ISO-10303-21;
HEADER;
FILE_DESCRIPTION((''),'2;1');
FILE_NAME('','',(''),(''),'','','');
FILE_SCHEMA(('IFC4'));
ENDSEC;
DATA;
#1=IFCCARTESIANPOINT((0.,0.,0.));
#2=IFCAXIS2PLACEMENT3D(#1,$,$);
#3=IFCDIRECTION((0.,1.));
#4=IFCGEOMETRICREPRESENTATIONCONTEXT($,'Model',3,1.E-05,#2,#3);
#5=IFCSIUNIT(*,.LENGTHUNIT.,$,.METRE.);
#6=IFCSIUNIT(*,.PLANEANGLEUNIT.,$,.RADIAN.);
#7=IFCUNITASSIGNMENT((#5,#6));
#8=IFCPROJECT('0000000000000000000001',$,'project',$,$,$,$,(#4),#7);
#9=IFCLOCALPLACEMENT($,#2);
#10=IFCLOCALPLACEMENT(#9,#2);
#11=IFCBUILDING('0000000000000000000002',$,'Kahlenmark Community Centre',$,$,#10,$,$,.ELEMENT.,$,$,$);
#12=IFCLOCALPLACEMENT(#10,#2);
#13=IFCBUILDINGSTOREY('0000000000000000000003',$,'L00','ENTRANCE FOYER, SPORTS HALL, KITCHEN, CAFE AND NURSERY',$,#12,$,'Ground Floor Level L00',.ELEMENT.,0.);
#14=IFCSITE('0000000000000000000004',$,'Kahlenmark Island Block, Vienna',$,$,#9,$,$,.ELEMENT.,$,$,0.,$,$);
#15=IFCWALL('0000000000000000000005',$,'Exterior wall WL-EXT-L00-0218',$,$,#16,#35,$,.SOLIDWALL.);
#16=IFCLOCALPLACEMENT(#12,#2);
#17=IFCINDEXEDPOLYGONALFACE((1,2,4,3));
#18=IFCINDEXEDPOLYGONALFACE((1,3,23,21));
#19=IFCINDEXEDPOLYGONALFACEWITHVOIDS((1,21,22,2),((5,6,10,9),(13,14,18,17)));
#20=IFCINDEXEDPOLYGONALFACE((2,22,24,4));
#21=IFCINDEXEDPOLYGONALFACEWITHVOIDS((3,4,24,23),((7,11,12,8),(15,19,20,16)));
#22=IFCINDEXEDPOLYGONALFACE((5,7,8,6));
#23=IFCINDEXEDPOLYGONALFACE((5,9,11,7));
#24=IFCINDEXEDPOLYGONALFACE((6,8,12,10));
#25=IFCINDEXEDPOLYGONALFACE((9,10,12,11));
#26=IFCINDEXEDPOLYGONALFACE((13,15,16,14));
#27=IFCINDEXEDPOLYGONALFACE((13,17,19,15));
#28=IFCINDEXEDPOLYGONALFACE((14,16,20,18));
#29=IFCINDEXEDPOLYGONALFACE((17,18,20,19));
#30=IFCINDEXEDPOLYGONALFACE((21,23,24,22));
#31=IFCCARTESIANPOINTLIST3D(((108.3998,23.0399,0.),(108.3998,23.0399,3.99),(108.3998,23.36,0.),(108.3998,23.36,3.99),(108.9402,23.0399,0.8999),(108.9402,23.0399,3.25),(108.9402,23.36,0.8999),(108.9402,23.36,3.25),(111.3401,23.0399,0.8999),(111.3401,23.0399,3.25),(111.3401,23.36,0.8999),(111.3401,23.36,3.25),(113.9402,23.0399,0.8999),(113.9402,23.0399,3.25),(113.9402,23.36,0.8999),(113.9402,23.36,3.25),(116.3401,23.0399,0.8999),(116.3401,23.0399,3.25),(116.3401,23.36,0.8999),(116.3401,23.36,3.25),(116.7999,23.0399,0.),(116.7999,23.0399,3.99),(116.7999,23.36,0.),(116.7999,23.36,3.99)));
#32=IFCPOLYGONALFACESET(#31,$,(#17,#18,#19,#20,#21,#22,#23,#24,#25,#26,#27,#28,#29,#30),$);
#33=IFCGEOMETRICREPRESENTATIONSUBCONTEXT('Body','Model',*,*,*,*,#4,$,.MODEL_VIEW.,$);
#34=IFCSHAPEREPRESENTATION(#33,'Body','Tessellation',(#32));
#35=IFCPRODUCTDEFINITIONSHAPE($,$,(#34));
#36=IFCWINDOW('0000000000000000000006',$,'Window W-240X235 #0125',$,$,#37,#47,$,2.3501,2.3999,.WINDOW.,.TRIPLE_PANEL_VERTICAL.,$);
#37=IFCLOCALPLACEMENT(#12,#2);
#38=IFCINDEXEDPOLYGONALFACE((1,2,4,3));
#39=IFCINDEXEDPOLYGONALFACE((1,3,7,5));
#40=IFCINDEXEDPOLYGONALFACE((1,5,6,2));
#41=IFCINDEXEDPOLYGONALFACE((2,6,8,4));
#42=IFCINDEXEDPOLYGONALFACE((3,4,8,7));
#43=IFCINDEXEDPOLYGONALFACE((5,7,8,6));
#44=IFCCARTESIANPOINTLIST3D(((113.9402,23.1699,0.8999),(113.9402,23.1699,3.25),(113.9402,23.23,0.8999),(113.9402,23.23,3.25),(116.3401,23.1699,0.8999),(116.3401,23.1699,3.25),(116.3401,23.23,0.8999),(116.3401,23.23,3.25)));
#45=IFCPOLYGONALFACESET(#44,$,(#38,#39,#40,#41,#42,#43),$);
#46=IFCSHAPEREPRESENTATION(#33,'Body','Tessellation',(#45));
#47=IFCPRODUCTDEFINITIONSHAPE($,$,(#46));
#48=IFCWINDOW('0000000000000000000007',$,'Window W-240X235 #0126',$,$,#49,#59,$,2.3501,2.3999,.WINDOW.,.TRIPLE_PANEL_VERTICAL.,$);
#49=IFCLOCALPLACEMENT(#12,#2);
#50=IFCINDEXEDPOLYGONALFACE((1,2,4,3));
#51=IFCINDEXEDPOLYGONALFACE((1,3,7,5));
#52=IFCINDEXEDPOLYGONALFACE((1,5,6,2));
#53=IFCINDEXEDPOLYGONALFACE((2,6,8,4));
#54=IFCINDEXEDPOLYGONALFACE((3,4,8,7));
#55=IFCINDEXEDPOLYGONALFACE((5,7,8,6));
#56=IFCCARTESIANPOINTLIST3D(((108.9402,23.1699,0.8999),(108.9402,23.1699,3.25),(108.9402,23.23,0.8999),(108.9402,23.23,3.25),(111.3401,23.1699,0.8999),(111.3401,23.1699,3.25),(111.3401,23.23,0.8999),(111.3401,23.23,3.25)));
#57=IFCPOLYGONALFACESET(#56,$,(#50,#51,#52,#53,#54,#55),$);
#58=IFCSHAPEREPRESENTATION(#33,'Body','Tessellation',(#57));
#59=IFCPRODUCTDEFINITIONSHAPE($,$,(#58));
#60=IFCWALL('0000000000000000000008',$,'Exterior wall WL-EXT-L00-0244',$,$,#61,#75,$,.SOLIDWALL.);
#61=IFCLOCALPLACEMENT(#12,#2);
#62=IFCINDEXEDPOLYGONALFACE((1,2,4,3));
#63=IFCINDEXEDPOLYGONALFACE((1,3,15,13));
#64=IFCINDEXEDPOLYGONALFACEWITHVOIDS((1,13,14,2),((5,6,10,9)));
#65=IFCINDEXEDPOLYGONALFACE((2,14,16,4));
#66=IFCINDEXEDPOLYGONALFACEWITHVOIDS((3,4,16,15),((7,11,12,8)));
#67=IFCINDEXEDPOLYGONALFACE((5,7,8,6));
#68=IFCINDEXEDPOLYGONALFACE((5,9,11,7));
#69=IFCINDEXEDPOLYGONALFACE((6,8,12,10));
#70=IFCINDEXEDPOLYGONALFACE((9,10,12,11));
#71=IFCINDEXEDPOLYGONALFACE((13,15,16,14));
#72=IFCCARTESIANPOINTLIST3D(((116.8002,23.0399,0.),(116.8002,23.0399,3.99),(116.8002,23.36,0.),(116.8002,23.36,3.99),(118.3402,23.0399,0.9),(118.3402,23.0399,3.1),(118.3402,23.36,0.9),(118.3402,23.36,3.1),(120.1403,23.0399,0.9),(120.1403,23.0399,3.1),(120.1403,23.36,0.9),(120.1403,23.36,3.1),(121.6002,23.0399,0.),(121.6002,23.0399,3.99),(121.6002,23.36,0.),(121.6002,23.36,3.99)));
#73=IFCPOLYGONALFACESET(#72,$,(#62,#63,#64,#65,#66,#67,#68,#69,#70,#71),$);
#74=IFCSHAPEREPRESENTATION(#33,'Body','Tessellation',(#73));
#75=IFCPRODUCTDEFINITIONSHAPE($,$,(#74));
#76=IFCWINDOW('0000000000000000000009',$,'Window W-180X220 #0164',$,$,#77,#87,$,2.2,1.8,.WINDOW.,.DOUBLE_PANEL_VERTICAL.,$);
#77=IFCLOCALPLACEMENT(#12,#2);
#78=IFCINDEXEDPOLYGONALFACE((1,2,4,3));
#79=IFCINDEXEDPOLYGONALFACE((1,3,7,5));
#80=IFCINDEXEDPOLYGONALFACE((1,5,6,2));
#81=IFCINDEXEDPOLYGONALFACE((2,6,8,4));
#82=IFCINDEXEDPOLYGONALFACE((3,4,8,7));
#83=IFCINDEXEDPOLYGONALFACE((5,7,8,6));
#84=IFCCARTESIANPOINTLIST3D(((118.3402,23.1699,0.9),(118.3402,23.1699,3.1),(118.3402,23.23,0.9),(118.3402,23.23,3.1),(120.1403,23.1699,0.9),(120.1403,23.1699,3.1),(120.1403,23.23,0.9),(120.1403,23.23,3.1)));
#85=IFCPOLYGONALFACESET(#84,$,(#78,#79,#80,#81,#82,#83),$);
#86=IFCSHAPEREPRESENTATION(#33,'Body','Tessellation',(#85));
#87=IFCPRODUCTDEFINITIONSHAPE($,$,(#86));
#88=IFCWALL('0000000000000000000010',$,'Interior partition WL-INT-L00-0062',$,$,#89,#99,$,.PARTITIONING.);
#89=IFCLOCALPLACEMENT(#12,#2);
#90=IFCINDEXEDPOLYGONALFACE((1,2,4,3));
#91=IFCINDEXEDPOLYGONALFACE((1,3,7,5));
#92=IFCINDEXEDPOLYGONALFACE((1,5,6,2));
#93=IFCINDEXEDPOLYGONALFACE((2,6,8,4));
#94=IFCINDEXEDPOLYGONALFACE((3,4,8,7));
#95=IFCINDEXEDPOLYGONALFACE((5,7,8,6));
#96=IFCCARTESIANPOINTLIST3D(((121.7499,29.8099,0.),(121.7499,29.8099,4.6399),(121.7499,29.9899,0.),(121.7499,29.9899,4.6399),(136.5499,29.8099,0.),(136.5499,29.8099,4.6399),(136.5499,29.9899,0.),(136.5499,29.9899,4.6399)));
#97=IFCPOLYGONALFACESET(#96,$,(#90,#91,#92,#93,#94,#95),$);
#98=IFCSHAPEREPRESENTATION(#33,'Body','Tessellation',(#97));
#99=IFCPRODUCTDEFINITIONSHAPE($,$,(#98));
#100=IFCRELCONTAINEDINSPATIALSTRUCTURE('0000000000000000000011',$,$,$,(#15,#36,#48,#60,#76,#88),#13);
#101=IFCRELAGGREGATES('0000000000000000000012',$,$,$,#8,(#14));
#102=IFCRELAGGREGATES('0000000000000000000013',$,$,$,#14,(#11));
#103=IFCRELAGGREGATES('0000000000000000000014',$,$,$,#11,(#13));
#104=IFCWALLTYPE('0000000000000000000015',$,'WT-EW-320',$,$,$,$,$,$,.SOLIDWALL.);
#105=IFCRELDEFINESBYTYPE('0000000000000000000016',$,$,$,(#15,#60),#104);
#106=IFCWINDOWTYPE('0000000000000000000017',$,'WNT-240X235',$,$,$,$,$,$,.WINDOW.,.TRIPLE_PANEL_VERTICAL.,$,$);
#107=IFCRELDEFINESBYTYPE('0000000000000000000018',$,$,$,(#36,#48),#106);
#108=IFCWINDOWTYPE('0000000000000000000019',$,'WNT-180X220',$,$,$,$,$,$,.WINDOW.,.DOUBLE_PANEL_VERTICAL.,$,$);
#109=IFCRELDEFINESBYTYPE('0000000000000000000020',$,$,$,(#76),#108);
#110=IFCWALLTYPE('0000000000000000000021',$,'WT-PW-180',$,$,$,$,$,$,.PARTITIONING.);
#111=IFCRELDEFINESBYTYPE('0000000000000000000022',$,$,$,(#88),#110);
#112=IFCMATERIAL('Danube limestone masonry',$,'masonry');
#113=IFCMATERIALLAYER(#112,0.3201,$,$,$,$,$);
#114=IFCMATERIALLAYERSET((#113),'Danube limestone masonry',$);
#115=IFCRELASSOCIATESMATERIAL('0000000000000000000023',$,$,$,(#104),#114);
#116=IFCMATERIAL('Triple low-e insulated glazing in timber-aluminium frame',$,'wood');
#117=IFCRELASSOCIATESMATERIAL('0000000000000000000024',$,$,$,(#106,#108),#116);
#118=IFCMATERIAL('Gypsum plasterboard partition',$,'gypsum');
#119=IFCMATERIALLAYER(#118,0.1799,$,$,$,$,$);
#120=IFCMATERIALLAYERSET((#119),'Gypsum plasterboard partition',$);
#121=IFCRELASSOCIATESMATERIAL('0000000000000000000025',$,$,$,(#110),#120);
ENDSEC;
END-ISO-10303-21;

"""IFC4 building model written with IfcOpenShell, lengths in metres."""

from ifc_helpers import new_model, si_unit, direction, frame, frame_2d, origin, place, context, subcontext, project, spatial, rectangle, extrude, material, layer, layer_set, type_object, element, fill, save


model = new_model("IFC4")

# Units and contexts
model_context = context("Model", 3, precision=1e-05, world=origin(), true_north=direction((0.0, 1.0)))
body_context = subcontext(model_context, "Body", "Model", "MODEL_VIEW")
ifc_project = project(units=[si_unit("LENGTHUNIT", "METRE"), si_unit("PLANEANGLEUNIT", "RADIAN")], contexts=[model_context])

# Site, building, storey
site_placement = place(None, origin())
site = spatial("IfcSite", under=ifc_project, at=site_placement, Name="Kahlenmark Island Block, Vienna", CompositionType="ELEMENT", RefElevation=0.0)
building_placement = place(site_placement, origin())
building = spatial("IfcBuilding", under=site, at=building_placement, Name="Kahlenmark Community Centre", CompositionType="ELEMENT")
storey_placement = place(building_placement, origin())
storey = spatial("IfcBuildingStorey", under=building, at=storey_placement, Name="L00", Description="ENTRANCE FOYER, SPORTS HALL, KITCHEN, CAFE AND NURSERY", LongName="Ground Floor Level L00", CompositionType="ELEMENT", Elevation=0.0)

# Wall, openings, windows
ifc_material_1 = material(Name="Danube limestone masonry", Category="masonry")
ifc_layer_1 = layer(ifc_material_1, 0.3201)
ifc_layer_set_1 = layer_set([ifc_layer_1], Name="Danube limestone masonry")
wall_type_1 = type_object("IfcWallType", Name="WT-EW-320", PredefinedType="SOLIDWALL", material=ifc_layer_set_1)
wall_1_placement = place(storey_placement, frame((116.8, 23.2, 0.0), z_axis=(0.0, 0.0, 1.0), x_axis=(-1.0, 0.0, 0.0)))
wall_1 = element("IfcWall", 1, at=wall_1_placement, inside=storey, type_object=wall_type_1, Name="Exterior wall WL-EXT-L00-0218", PredefinedType="SOLIDWALL", context=body_context, shape_type="SweptSolid", body=[
    extrude(rectangle(XDim=8.4001, YDim=0.3201, at=frame_2d((4.2002, 0.0))), origin(), (0.0, 0.0, 1.0), 3.99),
])
opening_1_placement = place(wall_1_placement, frame((0.46, 0.0, 0.8999)))
opening_1 = element("IfcOpeningElement", 2, at=opening_1_placement, cuts=wall_1, PredefinedType="OPENING", context=body_context, shape_type="SweptSolid", body=[
    extrude(rectangle(XDim=2.3999, YDim=2.3501, at=frame_2d((1.2, 1.175))), frame((0.0, 0.1699, 0.0), z_axis=(0.0, -1.0, 0.0), x_axis=(1.0, 0.0, 0.0)), (0.0, 0.0, 1.0), 0.3401),
])
opening_2_placement = place(wall_1_placement, frame((5.46, 0.0, 0.8999)))
opening_2 = element("IfcOpeningElement", 3, at=opening_2_placement, cuts=wall_1, PredefinedType="OPENING", context=body_context, shape_type="SweptSolid", body=[
    extrude(rectangle(XDim=2.3999, YDim=2.3501, at=frame_2d((1.2, 1.175))), frame((0.0, 0.1699, 0.0), z_axis=(0.0, -1.0, 0.0), x_axis=(1.0, 0.0, 0.0)), (0.0, 0.0, 1.0), 0.3401),
])
ifc_material_2 = material(Name="Triple low-e insulated glazing in timber-aluminium frame", Category="wood")
window_type_1 = type_object("IfcWindowType", Name="WNT-240X235", PartitioningType="TRIPLE_PANEL_VERTICAL", PredefinedType="WINDOW", material=ifc_material_2)
window_1_placement = place(opening_1_placement, origin())
window_1 = element("IfcWindow", 4, at=window_1_placement, inside=storey, type_object=window_type_1, Name="Window W-240X235 #0125", OverallHeight=2.3501, OverallWidth=2.3999, PartitioningType="TRIPLE_PANEL_VERTICAL", PredefinedType="WINDOW", context=body_context, shape_type="SweptSolid", body=[
    extrude(rectangle(XDim=2.3999, YDim=2.3501, at=frame_2d((1.2, 1.175))), frame((0.0, 0.03, 0.0), z_axis=(0.0, -1.0, 0.0), x_axis=(1.0, 0.0, 0.0)), (0.0, 0.0, 1.0), 0.0601),
])
fill(opening_1, window_1)
window_2_placement = place(opening_2_placement, origin())
window_2 = element("IfcWindow", 5, at=window_2_placement, inside=storey, type_object=window_type_1, Name="Window W-240X235 #0126", OverallHeight=2.3501, OverallWidth=2.3999, PartitioningType="TRIPLE_PANEL_VERTICAL", PredefinedType="WINDOW", context=body_context, shape_type="SweptSolid", body=[
    extrude(rectangle(XDim=2.3999, YDim=2.3501, at=frame_2d((1.2, 1.175))), frame((0.0, 0.03, 0.0), z_axis=(0.0, -1.0, 0.0), x_axis=(1.0, 0.0, 0.0)), (0.0, 0.0, 1.0), 0.0601),
])
fill(opening_2, window_2)

# Wall, opening, window
wall_2_placement = place(storey_placement, frame((121.6001, 23.2, 0.0), z_axis=(0.0, 0.0, 1.0), x_axis=(-1.0, 0.0, 0.0)))
wall_2 = element("IfcWall", 6, at=wall_2_placement, inside=storey, type_object=wall_type_1, Name="Exterior wall WL-EXT-L00-0244", PredefinedType="SOLIDWALL", context=body_context, shape_type="SweptSolid", body=[
    extrude(rectangle(XDim=4.8, YDim=0.3201, at=frame_2d((2.3999, 0.0))), origin(), (0.0, 0.0, 1.0), 3.99),
])
opening_3_placement = place(wall_2_placement, frame((1.46, 0.0, 0.8999)))
opening_3 = element("IfcOpeningElement", 7, at=opening_3_placement, cuts=wall_2, PredefinedType="OPENING", context=body_context, shape_type="SweptSolid", body=[
    extrude(rectangle(XDim=1.8, YDim=2.2, at=frame_2d((0.8999, 1.1001))), frame((0.0, 0.1699, 0.0), z_axis=(0.0, -1.0, 0.0), x_axis=(1.0, 0.0, 0.0)), (0.0, 0.0, 1.0), 0.3401),
])
window_type_2 = type_object("IfcWindowType", Name="WNT-180X220", PartitioningType="DOUBLE_PANEL_VERTICAL", PredefinedType="WINDOW", material=ifc_material_2)
window_3_placement = place(opening_3_placement, origin())
window_3 = element("IfcWindow", 8, at=window_3_placement, inside=storey, type_object=window_type_2, Name="Window W-180X220 #0164", OverallHeight=2.2, OverallWidth=1.8, PartitioningType="DOUBLE_PANEL_VERTICAL", PredefinedType="WINDOW", context=body_context, shape_type="SweptSolid", body=[
    extrude(rectangle(XDim=1.8, YDim=2.2, at=frame_2d((0.8999, 1.1001))), frame((0.0, 0.03, 0.0), z_axis=(0.0, -1.0, 0.0), x_axis=(1.0, 0.0, 0.0)), (0.0, 0.0, 1.0), 0.0601),
])
fill(opening_3, window_3)

# Shared definitions
ifc_material_3 = material(Name="Gypsum plasterboard partition", Category="gypsum")
ifc_layer_2 = layer(ifc_material_3, 0.1799)
ifc_layer_set_2 = layer_set([ifc_layer_2], Name="Gypsum plasterboard partition")
wall_type_2 = type_object("IfcWallType", Name="WT-PW-180", PredefinedType="PARTITIONING", material=ifc_layer_set_2)

# Wall
wall_3_placement = place(storey_placement, frame((121.75, 29.8999, 0.0), z_axis=(0.0, 0.0, 1.0), x_axis=(1.0, 0.0, 0.0)))
element("IfcWall", 9, at=wall_3_placement, inside=storey, type_object=wall_type_2, Name="Interior partition WL-INT-L00-0062", PredefinedType="PARTITIONING", context=body_context, shape_type="SweptSolid", body=[
    extrude(rectangle(XDim=14.8, YDim=0.1799, at=frame_2d((7.3999, 0.0))), origin(), (0.0, 0.0, 1.0), 4.6399),
])

save(model, "model.ifc")
